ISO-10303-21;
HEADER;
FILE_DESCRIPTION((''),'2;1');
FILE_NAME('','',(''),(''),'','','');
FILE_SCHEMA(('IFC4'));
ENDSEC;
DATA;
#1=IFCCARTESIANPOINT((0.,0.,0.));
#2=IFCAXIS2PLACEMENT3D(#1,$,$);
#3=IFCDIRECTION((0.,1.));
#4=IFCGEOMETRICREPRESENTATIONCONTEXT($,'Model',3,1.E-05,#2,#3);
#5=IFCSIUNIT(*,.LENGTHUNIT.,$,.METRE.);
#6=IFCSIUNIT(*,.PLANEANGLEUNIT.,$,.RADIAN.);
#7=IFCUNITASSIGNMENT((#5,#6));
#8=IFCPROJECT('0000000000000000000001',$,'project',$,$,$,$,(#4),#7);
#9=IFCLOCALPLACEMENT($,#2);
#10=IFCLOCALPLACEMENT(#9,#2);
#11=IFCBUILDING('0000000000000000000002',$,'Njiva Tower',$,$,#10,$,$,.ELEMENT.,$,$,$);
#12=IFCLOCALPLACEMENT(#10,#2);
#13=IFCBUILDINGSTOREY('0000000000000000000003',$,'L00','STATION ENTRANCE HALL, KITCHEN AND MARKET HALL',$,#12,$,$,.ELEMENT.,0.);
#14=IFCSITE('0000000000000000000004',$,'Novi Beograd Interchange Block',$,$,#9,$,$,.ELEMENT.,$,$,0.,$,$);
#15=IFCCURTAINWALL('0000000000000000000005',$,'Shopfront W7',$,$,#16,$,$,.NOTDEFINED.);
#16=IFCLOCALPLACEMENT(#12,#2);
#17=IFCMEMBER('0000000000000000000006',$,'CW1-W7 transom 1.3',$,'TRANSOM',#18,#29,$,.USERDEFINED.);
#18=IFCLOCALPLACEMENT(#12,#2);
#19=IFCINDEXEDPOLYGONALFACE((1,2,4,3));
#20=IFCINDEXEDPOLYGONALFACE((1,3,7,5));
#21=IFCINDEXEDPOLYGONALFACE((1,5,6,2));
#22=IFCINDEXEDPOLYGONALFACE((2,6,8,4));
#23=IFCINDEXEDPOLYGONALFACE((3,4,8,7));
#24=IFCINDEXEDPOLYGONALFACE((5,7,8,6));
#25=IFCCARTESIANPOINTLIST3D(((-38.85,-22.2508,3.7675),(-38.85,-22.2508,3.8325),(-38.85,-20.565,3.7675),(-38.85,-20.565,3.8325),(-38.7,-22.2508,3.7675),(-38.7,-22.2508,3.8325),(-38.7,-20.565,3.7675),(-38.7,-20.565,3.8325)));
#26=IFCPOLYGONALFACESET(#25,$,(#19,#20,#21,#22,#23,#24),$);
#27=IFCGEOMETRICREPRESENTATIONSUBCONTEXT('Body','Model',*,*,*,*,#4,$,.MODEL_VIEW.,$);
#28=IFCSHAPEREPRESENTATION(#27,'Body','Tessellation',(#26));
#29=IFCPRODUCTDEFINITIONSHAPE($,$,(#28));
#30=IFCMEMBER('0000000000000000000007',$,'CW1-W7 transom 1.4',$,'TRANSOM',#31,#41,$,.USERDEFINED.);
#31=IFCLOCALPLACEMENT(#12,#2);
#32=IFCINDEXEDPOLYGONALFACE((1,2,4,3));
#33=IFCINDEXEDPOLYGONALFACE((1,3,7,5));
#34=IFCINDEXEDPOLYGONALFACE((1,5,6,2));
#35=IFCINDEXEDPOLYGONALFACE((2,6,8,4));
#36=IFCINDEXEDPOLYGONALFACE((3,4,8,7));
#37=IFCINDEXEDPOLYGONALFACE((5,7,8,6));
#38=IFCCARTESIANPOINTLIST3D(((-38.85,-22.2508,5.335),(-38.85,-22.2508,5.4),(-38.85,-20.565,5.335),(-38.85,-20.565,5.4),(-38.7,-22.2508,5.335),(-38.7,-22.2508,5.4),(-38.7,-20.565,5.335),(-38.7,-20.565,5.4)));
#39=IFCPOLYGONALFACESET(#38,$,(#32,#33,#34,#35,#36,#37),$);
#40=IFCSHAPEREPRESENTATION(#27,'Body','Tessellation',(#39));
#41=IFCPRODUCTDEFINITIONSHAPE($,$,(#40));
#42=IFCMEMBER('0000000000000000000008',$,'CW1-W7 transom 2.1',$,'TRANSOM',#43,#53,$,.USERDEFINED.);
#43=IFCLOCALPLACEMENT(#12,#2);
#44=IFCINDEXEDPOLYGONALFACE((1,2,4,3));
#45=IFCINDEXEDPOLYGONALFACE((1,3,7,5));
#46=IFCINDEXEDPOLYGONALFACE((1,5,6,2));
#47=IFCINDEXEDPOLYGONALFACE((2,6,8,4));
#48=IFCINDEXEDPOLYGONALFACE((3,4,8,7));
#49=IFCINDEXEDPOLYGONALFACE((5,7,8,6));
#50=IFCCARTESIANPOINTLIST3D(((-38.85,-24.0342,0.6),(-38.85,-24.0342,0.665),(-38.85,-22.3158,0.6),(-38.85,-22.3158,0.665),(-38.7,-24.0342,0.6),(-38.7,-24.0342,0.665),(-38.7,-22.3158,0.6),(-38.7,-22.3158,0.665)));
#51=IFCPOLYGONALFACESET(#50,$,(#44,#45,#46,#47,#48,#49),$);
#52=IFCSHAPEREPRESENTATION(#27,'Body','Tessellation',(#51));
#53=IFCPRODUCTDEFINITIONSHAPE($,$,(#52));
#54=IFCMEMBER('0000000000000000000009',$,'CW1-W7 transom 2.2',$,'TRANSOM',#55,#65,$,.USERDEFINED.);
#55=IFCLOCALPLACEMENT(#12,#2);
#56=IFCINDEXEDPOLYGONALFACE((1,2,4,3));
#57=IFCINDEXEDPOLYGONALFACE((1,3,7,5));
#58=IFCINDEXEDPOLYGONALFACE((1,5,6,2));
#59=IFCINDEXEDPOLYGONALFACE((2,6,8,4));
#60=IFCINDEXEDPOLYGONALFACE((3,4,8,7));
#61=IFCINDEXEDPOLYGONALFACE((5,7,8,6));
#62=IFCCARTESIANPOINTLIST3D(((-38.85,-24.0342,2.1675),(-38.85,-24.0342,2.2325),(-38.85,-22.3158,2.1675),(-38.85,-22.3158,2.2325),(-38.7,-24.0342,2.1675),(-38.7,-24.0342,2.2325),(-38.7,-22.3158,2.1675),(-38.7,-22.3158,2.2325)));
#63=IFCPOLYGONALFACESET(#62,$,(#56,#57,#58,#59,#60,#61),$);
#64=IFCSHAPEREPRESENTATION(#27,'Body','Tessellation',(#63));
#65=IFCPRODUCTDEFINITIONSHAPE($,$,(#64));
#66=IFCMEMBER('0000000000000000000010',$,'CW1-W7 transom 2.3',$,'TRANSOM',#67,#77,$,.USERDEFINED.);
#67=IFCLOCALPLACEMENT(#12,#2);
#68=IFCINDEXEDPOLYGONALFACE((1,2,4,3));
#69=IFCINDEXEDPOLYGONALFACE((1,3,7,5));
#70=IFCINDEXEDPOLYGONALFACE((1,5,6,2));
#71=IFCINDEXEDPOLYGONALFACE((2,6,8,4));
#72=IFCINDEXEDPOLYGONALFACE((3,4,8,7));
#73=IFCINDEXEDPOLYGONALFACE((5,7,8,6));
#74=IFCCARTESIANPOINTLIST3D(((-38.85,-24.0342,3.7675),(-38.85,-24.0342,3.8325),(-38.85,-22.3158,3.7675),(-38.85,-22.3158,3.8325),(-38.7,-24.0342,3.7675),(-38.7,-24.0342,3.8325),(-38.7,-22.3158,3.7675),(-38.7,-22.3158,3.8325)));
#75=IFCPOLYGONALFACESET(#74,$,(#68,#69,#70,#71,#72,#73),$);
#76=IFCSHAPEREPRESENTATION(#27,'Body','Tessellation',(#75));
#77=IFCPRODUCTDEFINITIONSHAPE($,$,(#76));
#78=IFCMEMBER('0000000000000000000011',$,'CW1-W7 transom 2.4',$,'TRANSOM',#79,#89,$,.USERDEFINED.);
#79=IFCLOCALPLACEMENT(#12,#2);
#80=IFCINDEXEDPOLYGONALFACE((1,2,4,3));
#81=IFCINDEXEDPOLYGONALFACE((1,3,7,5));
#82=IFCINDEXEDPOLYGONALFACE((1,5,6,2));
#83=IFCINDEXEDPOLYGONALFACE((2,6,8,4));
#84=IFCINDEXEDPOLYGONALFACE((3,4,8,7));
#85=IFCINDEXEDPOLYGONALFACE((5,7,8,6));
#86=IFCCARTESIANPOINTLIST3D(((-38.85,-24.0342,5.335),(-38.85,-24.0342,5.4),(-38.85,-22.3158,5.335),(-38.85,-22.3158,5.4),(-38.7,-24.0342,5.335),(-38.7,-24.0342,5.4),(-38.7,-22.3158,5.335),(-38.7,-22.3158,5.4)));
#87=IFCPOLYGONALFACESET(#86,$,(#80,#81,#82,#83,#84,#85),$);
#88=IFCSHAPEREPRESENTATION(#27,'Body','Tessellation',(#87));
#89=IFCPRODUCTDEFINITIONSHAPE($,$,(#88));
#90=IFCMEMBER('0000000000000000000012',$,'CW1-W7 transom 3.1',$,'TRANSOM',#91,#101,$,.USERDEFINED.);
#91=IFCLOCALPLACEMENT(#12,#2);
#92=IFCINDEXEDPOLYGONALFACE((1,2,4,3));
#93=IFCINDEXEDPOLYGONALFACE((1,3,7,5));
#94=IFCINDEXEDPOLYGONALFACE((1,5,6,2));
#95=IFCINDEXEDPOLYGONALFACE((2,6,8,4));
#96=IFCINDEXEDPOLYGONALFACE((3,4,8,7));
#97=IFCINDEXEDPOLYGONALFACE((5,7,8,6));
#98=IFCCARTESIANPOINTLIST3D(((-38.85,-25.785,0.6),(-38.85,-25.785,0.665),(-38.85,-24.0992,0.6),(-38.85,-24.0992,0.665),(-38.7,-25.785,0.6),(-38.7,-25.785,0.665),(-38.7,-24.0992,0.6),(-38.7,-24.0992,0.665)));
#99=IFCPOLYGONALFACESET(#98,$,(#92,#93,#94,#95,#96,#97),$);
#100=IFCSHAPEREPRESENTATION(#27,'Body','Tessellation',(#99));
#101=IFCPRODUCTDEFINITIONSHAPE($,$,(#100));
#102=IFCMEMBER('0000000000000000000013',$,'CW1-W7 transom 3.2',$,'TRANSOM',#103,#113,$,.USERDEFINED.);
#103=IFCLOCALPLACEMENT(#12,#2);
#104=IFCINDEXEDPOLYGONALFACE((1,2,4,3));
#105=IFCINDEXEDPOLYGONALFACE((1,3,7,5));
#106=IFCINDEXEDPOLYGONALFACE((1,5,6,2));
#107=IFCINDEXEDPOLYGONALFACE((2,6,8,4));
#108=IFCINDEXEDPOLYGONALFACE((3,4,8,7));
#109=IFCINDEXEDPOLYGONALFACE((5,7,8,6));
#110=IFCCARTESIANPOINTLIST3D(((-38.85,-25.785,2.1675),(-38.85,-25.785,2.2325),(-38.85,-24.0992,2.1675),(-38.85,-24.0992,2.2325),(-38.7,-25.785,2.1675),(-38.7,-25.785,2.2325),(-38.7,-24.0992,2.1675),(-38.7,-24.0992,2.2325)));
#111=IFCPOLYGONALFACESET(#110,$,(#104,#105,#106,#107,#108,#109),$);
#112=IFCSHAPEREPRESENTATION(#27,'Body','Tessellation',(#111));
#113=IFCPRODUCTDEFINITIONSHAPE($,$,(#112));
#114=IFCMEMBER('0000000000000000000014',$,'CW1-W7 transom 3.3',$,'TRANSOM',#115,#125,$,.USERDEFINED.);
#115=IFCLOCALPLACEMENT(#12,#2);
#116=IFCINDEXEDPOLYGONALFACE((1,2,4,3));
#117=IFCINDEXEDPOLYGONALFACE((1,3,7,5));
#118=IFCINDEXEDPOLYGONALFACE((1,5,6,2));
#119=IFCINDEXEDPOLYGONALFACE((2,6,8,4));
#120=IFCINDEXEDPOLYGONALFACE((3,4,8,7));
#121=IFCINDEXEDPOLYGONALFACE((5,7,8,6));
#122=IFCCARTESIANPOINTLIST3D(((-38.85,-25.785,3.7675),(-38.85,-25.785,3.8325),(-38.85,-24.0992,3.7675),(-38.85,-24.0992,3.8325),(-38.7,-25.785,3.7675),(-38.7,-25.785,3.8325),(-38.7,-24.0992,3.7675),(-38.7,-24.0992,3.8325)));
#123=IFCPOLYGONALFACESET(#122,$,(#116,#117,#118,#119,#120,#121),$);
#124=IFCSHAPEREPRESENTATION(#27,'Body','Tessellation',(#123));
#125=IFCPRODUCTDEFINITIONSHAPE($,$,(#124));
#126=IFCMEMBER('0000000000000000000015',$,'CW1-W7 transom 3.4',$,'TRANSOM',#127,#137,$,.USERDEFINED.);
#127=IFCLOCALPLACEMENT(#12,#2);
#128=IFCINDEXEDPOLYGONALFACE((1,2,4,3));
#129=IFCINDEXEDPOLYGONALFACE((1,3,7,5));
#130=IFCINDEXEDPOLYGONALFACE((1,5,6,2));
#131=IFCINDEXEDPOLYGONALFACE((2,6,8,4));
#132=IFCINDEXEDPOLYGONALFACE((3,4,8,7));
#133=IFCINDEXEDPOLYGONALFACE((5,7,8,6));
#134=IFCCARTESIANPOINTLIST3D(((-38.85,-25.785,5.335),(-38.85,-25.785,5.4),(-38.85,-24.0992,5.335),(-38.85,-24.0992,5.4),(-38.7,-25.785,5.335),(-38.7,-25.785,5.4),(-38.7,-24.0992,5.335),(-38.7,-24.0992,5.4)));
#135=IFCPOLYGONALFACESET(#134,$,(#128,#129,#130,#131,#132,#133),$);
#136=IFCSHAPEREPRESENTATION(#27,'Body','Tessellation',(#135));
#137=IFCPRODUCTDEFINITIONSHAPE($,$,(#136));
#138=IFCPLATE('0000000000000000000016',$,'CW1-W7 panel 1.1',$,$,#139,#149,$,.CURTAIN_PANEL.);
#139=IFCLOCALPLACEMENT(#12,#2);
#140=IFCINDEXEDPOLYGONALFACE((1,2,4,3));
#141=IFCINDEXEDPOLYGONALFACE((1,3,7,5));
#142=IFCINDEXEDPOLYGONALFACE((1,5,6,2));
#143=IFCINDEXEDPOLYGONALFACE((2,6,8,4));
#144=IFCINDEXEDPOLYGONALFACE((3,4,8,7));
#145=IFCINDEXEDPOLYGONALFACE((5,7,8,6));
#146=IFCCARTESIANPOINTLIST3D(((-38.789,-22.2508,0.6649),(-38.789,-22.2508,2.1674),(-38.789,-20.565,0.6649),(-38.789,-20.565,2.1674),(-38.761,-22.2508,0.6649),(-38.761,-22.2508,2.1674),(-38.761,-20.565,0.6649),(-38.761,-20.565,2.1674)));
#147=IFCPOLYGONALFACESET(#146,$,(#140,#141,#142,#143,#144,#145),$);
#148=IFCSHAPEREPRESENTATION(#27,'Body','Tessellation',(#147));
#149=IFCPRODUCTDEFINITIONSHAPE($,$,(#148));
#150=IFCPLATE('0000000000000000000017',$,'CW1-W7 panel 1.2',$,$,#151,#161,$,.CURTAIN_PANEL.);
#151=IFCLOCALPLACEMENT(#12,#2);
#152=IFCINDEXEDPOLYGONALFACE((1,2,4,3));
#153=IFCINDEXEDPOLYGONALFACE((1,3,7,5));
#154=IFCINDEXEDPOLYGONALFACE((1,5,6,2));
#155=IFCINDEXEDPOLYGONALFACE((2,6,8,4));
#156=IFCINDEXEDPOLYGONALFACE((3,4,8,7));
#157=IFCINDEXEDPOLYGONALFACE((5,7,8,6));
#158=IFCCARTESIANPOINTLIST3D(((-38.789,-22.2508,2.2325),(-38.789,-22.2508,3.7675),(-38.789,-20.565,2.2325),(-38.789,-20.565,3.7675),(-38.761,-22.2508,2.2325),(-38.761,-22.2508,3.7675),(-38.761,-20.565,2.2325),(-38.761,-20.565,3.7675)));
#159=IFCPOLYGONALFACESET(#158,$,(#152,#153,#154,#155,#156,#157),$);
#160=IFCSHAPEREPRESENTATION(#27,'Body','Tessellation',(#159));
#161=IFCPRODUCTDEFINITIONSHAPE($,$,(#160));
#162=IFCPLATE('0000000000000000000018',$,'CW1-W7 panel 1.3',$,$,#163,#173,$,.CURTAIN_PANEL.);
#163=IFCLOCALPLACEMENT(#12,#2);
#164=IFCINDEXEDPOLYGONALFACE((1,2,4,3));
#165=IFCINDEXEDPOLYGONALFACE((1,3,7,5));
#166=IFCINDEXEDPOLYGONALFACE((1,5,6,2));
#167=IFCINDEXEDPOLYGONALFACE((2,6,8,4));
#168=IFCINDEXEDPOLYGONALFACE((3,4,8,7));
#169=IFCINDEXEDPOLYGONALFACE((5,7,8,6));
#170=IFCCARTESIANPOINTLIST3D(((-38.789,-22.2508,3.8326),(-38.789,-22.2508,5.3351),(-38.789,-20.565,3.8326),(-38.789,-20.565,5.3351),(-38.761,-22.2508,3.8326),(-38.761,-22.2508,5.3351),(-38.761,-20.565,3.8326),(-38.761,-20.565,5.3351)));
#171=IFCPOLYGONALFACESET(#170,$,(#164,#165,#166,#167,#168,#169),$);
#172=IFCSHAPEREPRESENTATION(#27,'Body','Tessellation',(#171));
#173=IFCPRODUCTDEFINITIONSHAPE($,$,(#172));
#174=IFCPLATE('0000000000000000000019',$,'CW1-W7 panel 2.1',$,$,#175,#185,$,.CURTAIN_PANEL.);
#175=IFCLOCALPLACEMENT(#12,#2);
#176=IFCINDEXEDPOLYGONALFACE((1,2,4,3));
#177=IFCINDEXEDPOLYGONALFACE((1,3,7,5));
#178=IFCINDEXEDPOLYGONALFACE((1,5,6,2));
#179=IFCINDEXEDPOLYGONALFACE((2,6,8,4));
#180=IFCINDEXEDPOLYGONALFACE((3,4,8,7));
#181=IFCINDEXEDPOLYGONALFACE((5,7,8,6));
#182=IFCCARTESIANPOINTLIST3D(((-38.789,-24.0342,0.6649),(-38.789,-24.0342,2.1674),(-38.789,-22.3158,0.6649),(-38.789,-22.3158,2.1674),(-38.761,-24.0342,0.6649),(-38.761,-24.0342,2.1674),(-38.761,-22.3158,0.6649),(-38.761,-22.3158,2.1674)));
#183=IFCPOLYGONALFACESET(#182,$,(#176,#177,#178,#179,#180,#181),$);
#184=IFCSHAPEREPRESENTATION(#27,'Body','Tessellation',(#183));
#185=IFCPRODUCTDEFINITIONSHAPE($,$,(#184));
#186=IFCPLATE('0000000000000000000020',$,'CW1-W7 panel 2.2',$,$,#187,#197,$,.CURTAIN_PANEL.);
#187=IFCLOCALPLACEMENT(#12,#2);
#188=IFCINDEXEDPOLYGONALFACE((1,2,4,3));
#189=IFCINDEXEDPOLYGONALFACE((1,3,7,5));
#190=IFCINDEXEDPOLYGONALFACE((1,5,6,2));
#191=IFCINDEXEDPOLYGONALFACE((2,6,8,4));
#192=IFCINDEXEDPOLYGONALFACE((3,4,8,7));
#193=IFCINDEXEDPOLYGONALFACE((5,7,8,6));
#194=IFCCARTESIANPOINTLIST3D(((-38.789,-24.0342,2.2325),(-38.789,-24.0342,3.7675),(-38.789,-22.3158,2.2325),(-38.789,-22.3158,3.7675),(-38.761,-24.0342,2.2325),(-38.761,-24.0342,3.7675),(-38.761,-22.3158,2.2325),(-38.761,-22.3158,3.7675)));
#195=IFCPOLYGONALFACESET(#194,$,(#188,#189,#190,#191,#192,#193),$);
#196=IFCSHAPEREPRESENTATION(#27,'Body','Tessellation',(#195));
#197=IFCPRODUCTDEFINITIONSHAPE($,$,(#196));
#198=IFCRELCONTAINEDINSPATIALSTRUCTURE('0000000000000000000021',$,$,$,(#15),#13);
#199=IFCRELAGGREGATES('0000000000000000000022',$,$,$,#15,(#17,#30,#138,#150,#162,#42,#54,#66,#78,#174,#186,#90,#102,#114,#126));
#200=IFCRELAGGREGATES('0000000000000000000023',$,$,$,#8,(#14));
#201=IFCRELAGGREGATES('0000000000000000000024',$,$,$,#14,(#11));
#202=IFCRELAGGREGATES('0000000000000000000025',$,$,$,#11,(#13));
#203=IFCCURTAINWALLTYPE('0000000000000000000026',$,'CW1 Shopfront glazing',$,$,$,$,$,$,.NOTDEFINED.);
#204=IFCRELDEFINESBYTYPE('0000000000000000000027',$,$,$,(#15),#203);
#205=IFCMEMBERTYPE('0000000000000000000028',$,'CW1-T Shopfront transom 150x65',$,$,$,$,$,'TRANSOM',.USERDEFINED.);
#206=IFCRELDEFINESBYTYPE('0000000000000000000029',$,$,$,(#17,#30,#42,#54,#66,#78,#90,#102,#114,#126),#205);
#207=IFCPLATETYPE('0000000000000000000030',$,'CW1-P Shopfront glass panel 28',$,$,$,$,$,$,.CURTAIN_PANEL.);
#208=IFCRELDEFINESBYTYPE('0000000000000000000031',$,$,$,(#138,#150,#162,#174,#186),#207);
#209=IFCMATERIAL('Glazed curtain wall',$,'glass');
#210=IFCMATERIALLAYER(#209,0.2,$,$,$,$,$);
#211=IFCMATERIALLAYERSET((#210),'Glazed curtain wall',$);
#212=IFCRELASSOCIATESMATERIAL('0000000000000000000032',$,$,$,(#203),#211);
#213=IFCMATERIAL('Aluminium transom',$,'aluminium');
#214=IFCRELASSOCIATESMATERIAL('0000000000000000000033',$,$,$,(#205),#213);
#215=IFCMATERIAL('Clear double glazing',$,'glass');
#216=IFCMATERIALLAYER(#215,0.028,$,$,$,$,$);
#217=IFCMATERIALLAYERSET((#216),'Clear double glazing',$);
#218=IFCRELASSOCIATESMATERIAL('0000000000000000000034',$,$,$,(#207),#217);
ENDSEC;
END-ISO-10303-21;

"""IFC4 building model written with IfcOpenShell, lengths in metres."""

from ifc_helpers import new_model, si_unit, direction, frame, origin, origin_2d, place, context, subcontext, project, spatial, rectangle, extrude, material, layer, layer_set, material_profile, profile_set, type_object, element, aggregate, save


model = new_model("IFC4")

# Units and contexts
model_context = context("Model", 3, precision=1e-05, world=origin(), true_north=direction((0.0, 1.0)))
body_context = subcontext(model_context, "Body", "Model", "MODEL_VIEW")
ifc_project = project(units=[si_unit("LENGTHUNIT", "METRE"), si_unit("PLANEANGLEUNIT", "RADIAN")], contexts=[model_context])

# Site, building, storey
site_placement = place(None, origin())
site = spatial("IfcSite", under=ifc_project, at=site_placement, Name="Novi Beograd Interchange Block", CompositionType="ELEMENT", RefElevation=0.0)
building_placement = place(site_placement, origin())
building = spatial("IfcBuilding", under=site, at=building_placement, Name="Njiva Tower", CompositionType="ELEMENT")
storey_placement = place(building_placement, origin())
storey = spatial("IfcBuildingStorey", under=building, at=storey_placement, Name="L00", Description="STATION ENTRANCE HALL, KITCHEN AND MARKET HALL", CompositionType="ELEMENT", Elevation=0.0)

# Curtain wall, members, plates
ifc_material_1 = material(Name="Glazed curtain wall", Category="glass")
ifc_layer_1 = layer(ifc_material_1, 0.2)
ifc_layer_set_1 = layer_set([ifc_layer_1], Name="Glazed curtain wall")
curtain_wall_type = type_object("IfcCurtainWallType", Name="CW1 Shopfront glazing", PredefinedType="NOTDEFINED", material=ifc_layer_set_1)
curtain_wall_placement = place(storey_placement, origin())
curtain_wall = element("IfcCurtainWall", 1, at=curtain_wall_placement, inside=storey, type_object=curtain_wall_type, Name="Shopfront W7", PredefinedType="NOTDEFINED")
ifc_material_2 = material(Name="Aluminium transom", Category="aluminium")
ifc_material_profile_1 = material_profile(ifc_material_2, rectangle(XDim=0.15, YDim=0.065, at=origin_2d()), Name="RECT 150x65")
ifc_profile_set_1 = profile_set([ifc_material_profile_1], Name="Aluminium transom")
member_type_1 = type_object("IfcMemberType", Name="CW1-T Shopfront transom 150x65", ElementType="TRANSOM", PredefinedType="USERDEFINED", material=ifc_profile_set_1)
member_1_placement = place(storey_placement, frame((-38.775, -20.565, 3.8), z_axis=(0.0, -1.0, 0.0), x_axis=(1.0, 0.0, 0.0)))
member_1 = element("IfcMember", 2, at=member_1_placement, type_object=member_type_1, Name="CW1-W7 transom 1.3", ObjectType="TRANSOM", PredefinedType="USERDEFINED", context=body_context, shape_type="SweptSolid", body=[
    extrude(rectangle(XDim=0.15, YDim=0.065, at=origin_2d()), origin(), (0.0, 0.0, 1.0), 1.6858),
])
member_2_placement = place(storey_placement, frame((-38.775, -20.565, 5.3675), z_axis=(0.0, -1.0, 0.0), x_axis=(1.0, 0.0, 0.0)))
member_2 = element("IfcMember", 3, at=member_2_placement, type_object=member_type_1, Name="CW1-W7 transom 1.4", ObjectType="TRANSOM", PredefinedType="USERDEFINED", context=body_context, shape_type="SweptSolid", body=[
    extrude(rectangle(XDim=0.15, YDim=0.065, at=origin_2d()), origin(), (0.0, 0.0, 1.0), 1.6858),
])
member_3_placement = place(storey_placement, frame((-38.775, -22.3158, 0.6325), z_axis=(0.0, -1.0, 0.0), x_axis=(1.0, 0.0, 0.0)))
member_3 = element("IfcMember", 4, at=member_3_placement, type_object=member_type_1, Name="CW1-W7 transom 2.1", ObjectType="TRANSOM", PredefinedType="USERDEFINED", context=body_context, shape_type="SweptSolid", body=[
    extrude(rectangle(XDim=0.15, YDim=0.065, at=origin_2d()), origin(), (0.0, 0.0, 1.0), 1.7184),
])
member_4_placement = place(storey_placement, frame((-38.775, -22.3158, 2.2), z_axis=(0.0, -1.0, 0.0), x_axis=(1.0, 0.0, 0.0)))
member_4 = element("IfcMember", 5, at=member_4_placement, type_object=member_type_1, Name="CW1-W7 transom 2.2", ObjectType="TRANSOM", PredefinedType="USERDEFINED", context=body_context, shape_type="SweptSolid", body=[
    extrude(rectangle(XDim=0.15, YDim=0.065, at=origin_2d()), origin(), (0.0, 0.0, 1.0), 1.7184),
])
member_5_placement = place(storey_placement, frame((-38.775, -22.3158, 3.8), z_axis=(0.0, -1.0, 0.0), x_axis=(1.0, 0.0, 0.0)))
member_5 = element("IfcMember", 6, at=member_5_placement, type_object=member_type_1, Name="CW1-W7 transom 2.3", ObjectType="TRANSOM", PredefinedType="USERDEFINED", context=body_context, shape_type="SweptSolid", body=[
    extrude(rectangle(XDim=0.15, YDim=0.065, at=origin_2d()), origin(), (0.0, 0.0, 1.0), 1.7184),
])
member_6_placement = place(storey_placement, frame((-38.775, -22.3158, 5.3675), z_axis=(0.0, -1.0, 0.0), x_axis=(1.0, 0.0, 0.0)))
member_6 = element("IfcMember", 7, at=member_6_placement, type_object=member_type_1, Name="CW1-W7 transom 2.4", ObjectType="TRANSOM", PredefinedType="USERDEFINED", context=body_context, shape_type="SweptSolid", body=[
    extrude(rectangle(XDim=0.15, YDim=0.065, at=origin_2d()), origin(), (0.0, 0.0, 1.0), 1.7184),
])
member_7_placement = place(storey_placement, frame((-38.775, -24.0992, 0.6325), z_axis=(0.0, -1.0, 0.0), x_axis=(1.0, 0.0, 0.0)))
member_7 = element("IfcMember", 8, at=member_7_placement, type_object=member_type_1, Name="CW1-W7 transom 3.1", ObjectType="TRANSOM", PredefinedType="USERDEFINED", context=body_context, shape_type="SweptSolid", body=[
    extrude(rectangle(XDim=0.15, YDim=0.065, at=origin_2d()), origin(), (0.0, 0.0, 1.0), 1.6858),
])
member_8_placement = place(storey_placement, frame((-38.775, -24.0992, 2.2), z_axis=(0.0, -1.0, 0.0), x_axis=(1.0, 0.0, 0.0)))
member_8 = element("IfcMember", 9, at=member_8_placement, type_object=member_type_1, Name="CW1-W7 transom 3.2", ObjectType="TRANSOM", PredefinedType="USERDEFINED", context=body_context, shape_type="SweptSolid", body=[
    extrude(rectangle(XDim=0.15, YDim=0.065, at=origin_2d()), origin(), (0.0, 0.0, 1.0), 1.6858),
])
member_9_placement = place(storey_placement, frame((-38.775, -24.0992, 3.8), z_axis=(0.0, -1.0, 0.0), x_axis=(1.0, 0.0, 0.0)))
member_9 = element("IfcMember", 10, at=member_9_placement, type_object=member_type_1, Name="CW1-W7 transom 3.3", ObjectType="TRANSOM", PredefinedType="USERDEFINED", context=body_context, shape_type="SweptSolid", body=[
    extrude(rectangle(XDim=0.15, YDim=0.065, at=origin_2d()), origin(), (0.0, 0.0, 1.0), 1.6858),
])
member_10_placement = place(storey_placement, frame((-38.775, -24.0992, 5.3675), z_axis=(0.0, -1.0, 0.0), x_axis=(1.0, 0.0, 0.0)))
member_10 = element("IfcMember", 11, at=member_10_placement, type_object=member_type_1, Name="CW1-W7 transom 3.4", ObjectType="TRANSOM", PredefinedType="USERDEFINED", context=body_context, shape_type="SweptSolid", body=[
    extrude(rectangle(XDim=0.15, YDim=0.065, at=origin_2d()), origin(), (0.0, 0.0, 1.0), 1.6858),
])
ifc_material_3 = material(Name="Clear double glazing", Category="glass")
ifc_layer_2 = layer(ifc_material_3, 0.028)
ifc_layer_set_2 = layer_set([ifc_layer_2], Name="Clear double glazing")
plate_type = type_object("IfcPlateType", Name="CW1-P Shopfront glass panel 28", PredefinedType="CURTAIN_PANEL", material=ifc_layer_set_2)
plate_1_placement = place(storey_placement, frame((-38.775, -21.4079, 0.6649), z_axis=(0.0, 0.0, 1.0), x_axis=(0.0, -1.0, 0.0)))
plate_1 = element("IfcPlate", 12, at=plate_1_placement, type_object=plate_type, Name="CW1-W7 panel 1.1", PredefinedType="CURTAIN_PANEL", context=body_context, shape_type="SweptSolid", body=[
    extrude(rectangle(XDim=1.6858, YDim=0.028, at=origin_2d()), origin(), (0.0, 0.0, 1.0), 1.5025),
])
plate_2_placement = place(storey_placement, frame((-38.775, -21.4079, 2.2325), z_axis=(0.0, 0.0, 1.0), x_axis=(0.0, -1.0, 0.0)))
plate_2 = element("IfcPlate", 13, at=plate_2_placement, type_object=plate_type, Name="CW1-W7 panel 1.2", PredefinedType="CURTAIN_PANEL", context=body_context, shape_type="SweptSolid", body=[
    extrude(rectangle(XDim=1.6858, YDim=0.028, at=origin_2d()), origin(), (0.0, 0.0, 1.0), 1.535),
])
plate_3_placement = place(storey_placement, frame((-38.775, -21.4079, 3.8326), z_axis=(0.0, 0.0, 1.0), x_axis=(0.0, -1.0, 0.0)))
plate_3 = element("IfcPlate", 14, at=plate_3_placement, type_object=plate_type, Name="CW1-W7 panel 1.3", PredefinedType="CURTAIN_PANEL", context=body_context, shape_type="SweptSolid", body=[
    extrude(rectangle(XDim=1.6858, YDim=0.028, at=origin_2d()), origin(), (0.0, 0.0, 1.0), 1.5025),
])
plate_4_placement = place(storey_placement, frame((-38.775, -23.175, 0.6649), z_axis=(0.0, 0.0, 1.0), x_axis=(0.0, -1.0, 0.0)))
plate_4 = element("IfcPlate", 15, at=plate_4_placement, type_object=plate_type, Name="CW1-W7 panel 2.1", PredefinedType="CURTAIN_PANEL", context=body_context, shape_type="SweptSolid", body=[
    extrude(rectangle(XDim=1.7183, YDim=0.028, at=origin_2d()), origin(), (0.0, 0.0, 1.0), 1.5025),
])
plate_5_placement = place(storey_placement, frame((-38.775, -23.175, 2.2325), z_axis=(0.0, 0.0, 1.0), x_axis=(0.0, -1.0, 0.0)))
plate_5 = element("IfcPlate", 16, at=plate_5_placement, type_object=plate_type, Name="CW1-W7 panel 2.2", PredefinedType="CURTAIN_PANEL", context=body_context, shape_type="SweptSolid", body=[
    extrude(rectangle(XDim=1.7183, YDim=0.028, at=origin_2d()), origin(), (0.0, 0.0, 1.0), 1.535),
])
aggregate(curtain_wall, [member_1, member_2, plate_1, plate_2, plate_3, member_3, member_4, member_5, member_6, plate_4, plate_5, member_7, member_8, member_9, member_10])

save(model, "model.ifc")
